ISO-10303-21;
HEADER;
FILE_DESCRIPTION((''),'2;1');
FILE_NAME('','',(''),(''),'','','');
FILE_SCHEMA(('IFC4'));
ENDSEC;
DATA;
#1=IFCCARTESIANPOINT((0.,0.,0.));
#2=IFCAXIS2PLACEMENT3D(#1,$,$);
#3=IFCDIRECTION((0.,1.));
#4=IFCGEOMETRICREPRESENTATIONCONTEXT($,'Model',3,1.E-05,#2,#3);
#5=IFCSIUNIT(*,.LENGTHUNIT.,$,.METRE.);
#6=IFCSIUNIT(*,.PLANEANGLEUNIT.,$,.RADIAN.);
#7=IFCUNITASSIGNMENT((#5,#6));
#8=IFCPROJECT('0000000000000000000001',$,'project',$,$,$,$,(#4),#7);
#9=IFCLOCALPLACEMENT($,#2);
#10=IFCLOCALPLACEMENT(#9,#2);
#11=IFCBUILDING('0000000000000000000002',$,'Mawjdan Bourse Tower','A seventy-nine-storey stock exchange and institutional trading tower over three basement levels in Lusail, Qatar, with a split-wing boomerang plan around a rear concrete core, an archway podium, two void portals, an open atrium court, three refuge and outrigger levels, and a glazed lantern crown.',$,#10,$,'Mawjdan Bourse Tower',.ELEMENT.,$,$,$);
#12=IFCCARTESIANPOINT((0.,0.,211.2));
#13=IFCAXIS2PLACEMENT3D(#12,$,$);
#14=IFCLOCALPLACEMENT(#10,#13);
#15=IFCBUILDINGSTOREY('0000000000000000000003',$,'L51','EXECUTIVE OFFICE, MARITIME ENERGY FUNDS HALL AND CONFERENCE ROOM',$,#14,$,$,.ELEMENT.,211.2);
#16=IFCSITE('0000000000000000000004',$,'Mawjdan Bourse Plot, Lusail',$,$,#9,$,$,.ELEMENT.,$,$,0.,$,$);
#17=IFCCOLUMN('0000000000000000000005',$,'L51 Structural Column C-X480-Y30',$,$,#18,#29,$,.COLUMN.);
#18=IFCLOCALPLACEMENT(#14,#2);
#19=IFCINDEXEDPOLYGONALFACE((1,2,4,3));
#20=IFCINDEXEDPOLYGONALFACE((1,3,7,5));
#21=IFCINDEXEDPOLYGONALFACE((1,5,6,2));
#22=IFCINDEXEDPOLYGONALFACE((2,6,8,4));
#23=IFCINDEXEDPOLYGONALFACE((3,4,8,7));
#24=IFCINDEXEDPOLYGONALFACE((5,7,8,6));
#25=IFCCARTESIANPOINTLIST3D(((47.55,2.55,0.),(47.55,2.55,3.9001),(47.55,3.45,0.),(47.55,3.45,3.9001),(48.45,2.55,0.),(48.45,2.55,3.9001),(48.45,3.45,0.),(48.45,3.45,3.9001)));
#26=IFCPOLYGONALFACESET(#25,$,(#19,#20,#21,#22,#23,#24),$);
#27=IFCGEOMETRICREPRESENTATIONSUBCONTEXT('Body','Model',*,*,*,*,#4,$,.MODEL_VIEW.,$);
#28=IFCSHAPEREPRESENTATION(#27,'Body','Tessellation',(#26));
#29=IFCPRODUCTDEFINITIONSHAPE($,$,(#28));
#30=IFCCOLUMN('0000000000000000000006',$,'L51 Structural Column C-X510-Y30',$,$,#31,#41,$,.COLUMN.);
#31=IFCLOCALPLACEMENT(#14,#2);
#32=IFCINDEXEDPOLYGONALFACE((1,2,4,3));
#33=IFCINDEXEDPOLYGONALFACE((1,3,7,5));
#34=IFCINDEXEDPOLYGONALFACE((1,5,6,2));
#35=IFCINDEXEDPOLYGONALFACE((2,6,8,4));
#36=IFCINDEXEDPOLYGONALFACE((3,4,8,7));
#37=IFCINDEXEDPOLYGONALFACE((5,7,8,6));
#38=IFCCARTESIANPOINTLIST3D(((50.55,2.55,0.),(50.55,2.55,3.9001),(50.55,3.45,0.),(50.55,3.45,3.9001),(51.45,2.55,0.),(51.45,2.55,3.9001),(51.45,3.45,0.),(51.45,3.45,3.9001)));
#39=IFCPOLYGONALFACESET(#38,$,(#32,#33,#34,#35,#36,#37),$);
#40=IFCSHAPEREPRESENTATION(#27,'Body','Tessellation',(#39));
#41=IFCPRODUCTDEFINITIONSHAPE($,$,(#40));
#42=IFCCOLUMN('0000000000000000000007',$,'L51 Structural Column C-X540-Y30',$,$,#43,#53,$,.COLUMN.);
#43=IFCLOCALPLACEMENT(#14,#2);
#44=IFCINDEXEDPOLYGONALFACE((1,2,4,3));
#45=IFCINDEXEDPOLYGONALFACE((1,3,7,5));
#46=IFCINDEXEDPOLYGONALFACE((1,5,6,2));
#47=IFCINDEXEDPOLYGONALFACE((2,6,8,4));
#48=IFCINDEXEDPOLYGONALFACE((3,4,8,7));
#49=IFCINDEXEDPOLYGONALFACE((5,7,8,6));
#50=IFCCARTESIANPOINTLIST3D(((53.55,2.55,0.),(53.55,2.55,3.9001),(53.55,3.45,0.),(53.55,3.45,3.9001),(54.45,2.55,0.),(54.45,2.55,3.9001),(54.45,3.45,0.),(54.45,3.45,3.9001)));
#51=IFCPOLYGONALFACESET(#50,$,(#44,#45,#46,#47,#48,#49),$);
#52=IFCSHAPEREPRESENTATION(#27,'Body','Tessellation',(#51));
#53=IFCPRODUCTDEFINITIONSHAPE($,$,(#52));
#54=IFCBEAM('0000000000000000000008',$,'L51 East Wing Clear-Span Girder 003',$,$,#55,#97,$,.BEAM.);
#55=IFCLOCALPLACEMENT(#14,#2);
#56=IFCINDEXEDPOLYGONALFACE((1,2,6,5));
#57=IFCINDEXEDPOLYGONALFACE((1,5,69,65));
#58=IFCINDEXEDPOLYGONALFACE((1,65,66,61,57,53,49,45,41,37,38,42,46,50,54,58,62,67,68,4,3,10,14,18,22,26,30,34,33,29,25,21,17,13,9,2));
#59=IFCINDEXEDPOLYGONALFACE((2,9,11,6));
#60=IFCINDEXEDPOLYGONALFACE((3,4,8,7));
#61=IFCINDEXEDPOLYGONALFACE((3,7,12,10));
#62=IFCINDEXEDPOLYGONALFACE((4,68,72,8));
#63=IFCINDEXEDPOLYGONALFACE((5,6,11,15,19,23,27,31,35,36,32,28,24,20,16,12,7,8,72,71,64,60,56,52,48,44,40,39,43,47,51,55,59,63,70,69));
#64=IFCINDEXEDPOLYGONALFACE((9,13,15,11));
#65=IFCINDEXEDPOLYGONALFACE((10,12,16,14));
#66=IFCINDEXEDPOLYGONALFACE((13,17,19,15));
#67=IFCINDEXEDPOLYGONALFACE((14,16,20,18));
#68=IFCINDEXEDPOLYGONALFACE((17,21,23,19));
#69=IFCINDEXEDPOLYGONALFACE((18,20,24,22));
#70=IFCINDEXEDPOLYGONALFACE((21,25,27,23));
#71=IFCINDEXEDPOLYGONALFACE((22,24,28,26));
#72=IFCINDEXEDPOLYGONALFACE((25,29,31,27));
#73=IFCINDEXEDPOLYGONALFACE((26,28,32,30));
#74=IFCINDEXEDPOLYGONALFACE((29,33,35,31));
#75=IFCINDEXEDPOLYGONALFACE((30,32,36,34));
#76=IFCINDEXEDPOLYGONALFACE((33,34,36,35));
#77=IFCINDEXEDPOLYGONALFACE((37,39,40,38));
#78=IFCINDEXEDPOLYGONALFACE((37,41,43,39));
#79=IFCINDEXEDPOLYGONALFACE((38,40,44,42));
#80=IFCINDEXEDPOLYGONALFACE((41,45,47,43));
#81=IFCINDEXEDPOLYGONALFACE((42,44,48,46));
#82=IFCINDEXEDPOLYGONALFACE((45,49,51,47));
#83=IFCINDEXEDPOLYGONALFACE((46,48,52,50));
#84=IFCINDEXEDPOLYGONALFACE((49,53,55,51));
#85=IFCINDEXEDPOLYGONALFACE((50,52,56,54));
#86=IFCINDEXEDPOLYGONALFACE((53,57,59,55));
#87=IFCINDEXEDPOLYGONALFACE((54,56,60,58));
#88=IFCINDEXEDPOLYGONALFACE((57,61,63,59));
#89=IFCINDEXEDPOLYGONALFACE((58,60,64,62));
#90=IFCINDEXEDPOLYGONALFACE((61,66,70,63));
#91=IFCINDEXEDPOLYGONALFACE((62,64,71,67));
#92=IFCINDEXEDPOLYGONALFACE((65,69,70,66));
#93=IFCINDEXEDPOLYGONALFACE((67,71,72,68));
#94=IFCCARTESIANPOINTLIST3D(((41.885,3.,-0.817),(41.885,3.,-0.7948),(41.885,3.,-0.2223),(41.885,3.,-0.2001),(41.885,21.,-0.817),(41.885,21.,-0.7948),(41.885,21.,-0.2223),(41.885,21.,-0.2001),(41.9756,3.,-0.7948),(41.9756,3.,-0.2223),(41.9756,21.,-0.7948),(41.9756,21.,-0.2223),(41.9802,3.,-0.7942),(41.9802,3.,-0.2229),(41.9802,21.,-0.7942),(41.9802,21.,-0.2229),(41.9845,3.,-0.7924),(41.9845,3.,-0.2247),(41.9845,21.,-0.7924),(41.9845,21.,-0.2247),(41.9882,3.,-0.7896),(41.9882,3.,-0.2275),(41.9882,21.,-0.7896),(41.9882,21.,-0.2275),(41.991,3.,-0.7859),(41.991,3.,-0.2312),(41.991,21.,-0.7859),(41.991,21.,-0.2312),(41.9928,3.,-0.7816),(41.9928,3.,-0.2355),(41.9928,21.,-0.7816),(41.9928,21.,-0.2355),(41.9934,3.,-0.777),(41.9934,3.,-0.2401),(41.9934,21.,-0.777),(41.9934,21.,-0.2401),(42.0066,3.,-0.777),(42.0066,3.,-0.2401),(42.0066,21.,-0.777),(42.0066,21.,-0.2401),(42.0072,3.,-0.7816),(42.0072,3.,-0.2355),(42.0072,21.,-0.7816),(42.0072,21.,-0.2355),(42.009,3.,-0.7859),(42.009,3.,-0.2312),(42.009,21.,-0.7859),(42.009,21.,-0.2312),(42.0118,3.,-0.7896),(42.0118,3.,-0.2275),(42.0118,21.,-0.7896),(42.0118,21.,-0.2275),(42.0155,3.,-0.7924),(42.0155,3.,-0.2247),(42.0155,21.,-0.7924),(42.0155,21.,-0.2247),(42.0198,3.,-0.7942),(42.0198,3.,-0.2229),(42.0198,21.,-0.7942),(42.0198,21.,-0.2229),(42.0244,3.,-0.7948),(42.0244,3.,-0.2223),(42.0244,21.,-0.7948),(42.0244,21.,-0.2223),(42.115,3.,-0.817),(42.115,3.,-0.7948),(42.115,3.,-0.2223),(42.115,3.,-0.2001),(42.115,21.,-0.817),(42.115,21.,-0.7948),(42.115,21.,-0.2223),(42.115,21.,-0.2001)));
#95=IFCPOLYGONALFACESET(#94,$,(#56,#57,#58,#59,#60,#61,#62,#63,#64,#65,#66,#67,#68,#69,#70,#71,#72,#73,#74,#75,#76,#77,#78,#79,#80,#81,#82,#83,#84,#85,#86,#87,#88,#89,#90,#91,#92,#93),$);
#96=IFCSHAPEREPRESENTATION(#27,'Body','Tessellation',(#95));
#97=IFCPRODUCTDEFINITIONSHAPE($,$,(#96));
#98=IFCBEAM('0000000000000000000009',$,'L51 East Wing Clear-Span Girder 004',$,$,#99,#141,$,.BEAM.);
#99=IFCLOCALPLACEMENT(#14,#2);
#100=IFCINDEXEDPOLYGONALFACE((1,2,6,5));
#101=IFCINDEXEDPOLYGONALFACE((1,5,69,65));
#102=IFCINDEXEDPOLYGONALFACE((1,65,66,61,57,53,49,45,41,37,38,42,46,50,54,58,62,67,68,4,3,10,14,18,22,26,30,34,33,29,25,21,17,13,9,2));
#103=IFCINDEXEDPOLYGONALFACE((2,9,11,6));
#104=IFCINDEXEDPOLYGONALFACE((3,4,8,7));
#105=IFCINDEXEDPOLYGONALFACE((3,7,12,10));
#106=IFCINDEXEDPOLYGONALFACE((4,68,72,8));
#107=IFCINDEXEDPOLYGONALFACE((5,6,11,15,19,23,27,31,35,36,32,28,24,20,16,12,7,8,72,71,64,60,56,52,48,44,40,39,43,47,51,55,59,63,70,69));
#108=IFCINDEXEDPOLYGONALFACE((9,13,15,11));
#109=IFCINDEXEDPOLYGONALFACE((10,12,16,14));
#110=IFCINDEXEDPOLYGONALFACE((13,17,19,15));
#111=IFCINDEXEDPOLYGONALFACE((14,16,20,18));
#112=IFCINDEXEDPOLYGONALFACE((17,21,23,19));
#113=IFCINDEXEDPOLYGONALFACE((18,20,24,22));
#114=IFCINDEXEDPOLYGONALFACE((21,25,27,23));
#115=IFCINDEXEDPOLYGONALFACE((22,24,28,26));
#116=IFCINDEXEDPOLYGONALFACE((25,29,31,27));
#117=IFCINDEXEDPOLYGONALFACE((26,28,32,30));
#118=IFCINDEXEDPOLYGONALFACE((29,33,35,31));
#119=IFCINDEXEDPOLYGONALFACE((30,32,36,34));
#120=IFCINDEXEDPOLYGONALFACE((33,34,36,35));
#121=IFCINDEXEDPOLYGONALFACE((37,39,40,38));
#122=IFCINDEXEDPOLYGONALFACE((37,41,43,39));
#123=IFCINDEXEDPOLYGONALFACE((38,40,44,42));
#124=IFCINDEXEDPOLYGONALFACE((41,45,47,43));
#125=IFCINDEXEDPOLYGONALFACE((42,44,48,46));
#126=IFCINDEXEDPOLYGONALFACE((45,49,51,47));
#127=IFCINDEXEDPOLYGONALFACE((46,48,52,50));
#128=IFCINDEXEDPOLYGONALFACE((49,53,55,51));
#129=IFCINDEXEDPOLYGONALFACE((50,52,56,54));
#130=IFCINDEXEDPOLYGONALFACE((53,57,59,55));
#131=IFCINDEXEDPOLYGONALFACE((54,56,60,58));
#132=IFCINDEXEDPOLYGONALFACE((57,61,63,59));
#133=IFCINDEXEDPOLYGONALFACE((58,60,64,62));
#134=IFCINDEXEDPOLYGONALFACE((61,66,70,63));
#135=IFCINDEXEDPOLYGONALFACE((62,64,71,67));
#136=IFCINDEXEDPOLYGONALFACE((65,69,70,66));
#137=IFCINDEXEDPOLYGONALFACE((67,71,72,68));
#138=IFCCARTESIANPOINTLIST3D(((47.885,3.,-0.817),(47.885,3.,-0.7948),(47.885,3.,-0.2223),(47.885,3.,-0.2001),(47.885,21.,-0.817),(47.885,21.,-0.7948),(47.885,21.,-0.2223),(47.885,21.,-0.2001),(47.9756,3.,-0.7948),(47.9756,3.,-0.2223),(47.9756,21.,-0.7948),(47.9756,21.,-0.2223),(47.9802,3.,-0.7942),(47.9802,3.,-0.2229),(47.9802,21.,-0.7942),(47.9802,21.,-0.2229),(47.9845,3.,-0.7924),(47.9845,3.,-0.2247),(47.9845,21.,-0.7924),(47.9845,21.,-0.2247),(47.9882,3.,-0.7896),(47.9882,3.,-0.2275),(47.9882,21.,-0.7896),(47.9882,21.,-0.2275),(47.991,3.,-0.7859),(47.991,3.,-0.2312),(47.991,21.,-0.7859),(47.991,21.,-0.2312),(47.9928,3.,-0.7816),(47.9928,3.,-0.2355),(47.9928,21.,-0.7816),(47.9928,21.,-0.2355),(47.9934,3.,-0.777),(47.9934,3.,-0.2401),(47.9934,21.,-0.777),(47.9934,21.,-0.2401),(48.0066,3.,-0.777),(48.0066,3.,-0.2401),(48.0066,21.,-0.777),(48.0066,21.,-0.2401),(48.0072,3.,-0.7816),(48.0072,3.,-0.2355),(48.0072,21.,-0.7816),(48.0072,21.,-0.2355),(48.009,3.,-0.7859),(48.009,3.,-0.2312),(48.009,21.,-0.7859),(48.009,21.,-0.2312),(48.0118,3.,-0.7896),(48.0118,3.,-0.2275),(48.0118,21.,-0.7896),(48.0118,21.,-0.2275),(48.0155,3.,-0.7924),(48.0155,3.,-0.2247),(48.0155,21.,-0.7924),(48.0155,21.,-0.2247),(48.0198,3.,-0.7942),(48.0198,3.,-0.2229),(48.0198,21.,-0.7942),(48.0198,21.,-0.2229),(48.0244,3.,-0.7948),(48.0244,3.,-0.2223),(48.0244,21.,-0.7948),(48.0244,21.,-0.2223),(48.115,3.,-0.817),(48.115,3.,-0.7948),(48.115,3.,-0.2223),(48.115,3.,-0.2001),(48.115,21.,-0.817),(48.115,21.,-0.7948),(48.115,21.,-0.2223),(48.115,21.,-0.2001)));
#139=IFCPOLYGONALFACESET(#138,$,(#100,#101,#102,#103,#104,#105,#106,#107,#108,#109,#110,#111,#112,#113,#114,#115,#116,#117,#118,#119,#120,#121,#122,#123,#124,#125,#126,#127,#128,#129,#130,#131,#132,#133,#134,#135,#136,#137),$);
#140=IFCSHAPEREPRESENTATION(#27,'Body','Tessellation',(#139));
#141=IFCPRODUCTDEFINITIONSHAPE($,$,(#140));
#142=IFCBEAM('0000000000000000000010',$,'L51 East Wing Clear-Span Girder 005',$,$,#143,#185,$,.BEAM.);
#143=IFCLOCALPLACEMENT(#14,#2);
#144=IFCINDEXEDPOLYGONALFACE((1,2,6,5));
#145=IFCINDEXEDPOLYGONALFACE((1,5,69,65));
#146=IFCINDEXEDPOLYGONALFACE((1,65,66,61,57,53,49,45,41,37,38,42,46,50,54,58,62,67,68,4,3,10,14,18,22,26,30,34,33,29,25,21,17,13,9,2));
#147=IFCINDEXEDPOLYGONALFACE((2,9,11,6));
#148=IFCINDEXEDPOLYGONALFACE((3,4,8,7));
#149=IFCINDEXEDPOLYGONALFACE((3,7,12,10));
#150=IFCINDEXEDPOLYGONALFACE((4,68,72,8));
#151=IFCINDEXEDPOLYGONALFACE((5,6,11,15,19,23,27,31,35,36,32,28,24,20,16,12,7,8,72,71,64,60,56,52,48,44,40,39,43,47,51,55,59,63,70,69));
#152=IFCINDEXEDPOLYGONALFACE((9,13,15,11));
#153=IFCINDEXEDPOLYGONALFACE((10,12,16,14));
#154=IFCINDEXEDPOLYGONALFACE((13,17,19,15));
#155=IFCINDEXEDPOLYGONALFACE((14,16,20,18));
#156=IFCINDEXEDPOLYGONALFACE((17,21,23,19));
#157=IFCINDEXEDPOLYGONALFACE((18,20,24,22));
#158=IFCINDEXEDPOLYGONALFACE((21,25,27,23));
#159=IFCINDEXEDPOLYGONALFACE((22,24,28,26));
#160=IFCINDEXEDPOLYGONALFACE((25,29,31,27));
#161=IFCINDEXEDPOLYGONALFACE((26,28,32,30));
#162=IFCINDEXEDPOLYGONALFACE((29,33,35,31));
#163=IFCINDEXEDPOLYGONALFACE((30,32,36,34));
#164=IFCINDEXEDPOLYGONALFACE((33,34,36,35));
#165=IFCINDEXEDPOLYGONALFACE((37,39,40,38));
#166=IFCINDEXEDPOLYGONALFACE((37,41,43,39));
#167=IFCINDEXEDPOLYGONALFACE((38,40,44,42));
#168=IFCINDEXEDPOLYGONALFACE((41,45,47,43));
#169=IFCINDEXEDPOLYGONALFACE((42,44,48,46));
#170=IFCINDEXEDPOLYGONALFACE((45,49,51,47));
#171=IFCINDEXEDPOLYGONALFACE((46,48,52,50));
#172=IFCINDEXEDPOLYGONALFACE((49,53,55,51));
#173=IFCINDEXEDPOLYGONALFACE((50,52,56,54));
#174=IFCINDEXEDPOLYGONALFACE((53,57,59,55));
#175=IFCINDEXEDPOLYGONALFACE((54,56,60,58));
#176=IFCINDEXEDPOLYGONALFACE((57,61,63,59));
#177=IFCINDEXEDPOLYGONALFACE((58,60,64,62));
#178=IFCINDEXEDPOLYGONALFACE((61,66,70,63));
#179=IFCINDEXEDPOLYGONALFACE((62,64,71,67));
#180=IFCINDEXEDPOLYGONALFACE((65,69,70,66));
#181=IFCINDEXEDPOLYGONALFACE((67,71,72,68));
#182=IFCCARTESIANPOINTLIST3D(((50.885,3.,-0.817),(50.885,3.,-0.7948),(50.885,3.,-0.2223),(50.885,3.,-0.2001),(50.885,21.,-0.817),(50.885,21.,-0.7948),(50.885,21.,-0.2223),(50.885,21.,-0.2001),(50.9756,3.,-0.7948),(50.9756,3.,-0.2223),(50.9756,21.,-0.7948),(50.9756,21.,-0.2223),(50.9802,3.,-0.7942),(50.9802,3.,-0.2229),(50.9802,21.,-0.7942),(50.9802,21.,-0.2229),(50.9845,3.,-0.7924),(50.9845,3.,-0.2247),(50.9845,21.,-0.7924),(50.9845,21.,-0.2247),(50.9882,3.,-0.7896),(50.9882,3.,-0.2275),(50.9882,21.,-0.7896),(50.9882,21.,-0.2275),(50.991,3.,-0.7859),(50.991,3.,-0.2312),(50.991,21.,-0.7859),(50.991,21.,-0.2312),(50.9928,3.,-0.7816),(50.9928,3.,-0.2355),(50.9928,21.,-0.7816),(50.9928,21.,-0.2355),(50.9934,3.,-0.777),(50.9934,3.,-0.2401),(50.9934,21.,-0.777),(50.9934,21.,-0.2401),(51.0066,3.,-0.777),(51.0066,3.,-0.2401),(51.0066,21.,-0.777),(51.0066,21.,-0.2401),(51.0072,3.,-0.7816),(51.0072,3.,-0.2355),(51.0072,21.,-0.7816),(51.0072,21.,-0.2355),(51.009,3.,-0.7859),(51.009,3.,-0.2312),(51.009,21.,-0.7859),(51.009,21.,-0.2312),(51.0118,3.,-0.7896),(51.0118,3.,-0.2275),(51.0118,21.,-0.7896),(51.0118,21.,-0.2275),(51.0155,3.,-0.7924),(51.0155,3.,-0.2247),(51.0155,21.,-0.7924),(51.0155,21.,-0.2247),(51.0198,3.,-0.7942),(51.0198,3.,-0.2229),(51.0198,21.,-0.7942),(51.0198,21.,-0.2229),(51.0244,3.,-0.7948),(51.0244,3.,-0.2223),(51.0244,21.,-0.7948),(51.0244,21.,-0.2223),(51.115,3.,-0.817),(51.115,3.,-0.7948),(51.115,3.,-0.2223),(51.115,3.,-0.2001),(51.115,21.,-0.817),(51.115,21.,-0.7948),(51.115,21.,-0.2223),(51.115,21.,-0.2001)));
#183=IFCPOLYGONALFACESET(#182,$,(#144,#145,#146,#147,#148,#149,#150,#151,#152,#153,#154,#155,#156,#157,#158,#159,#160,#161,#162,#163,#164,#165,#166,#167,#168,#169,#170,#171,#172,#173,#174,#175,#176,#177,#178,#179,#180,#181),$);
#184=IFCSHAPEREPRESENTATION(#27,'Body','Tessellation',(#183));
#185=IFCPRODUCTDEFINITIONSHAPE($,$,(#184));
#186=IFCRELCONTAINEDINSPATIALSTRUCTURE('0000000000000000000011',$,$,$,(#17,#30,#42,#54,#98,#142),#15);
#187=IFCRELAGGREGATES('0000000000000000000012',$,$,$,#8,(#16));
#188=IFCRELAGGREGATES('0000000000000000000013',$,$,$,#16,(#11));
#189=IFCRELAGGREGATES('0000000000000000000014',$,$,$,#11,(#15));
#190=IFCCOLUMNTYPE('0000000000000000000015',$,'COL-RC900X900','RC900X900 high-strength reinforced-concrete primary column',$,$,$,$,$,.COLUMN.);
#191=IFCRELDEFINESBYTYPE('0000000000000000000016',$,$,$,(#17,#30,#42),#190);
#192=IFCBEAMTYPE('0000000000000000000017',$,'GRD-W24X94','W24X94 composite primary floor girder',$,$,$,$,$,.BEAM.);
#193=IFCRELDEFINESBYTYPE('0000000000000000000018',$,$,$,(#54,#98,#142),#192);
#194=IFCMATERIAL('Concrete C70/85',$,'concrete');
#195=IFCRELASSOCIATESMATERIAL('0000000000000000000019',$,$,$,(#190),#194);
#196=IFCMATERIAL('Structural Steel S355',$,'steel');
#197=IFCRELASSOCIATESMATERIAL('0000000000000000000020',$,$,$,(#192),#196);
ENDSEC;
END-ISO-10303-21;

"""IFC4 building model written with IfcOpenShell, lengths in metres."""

from ifc_helpers import new_model, si_unit, direction, frame, origin, origin_2d, place, context, subcontext, project, spatial, rectangle, i_section, extrude, material, material_profile, profile_set, type_object, element, save


model = new_model("IFC4")

# Units and contexts
model_context = context("Model", 3, precision=1e-05, world=origin(), true_north=direction((0.0, 1.0)))
body_context = subcontext(model_context, "Body", "Model", "MODEL_VIEW")
ifc_project = project(units=[si_unit("LENGTHUNIT", "METRE"), si_unit("PLANEANGLEUNIT", "RADIAN")], contexts=[model_context])

# Site, building, storey
site_placement = place(None, origin())
site = spatial("IfcSite", under=ifc_project, at=site_placement, Name="Mawjdan Bourse Plot, Lusail", CompositionType="ELEMENT", RefElevation=0.0)
building_placement = place(site_placement, origin())
building = spatial("IfcBuilding", under=site, at=building_placement, Name="Mawjdan Bourse Tower", Description="A seventy-nine-storey stock exchange and institutional trading tower over three basement levels in Lusail, Qatar, with a split-wing boomerang plan around a rear concrete core, an archway podium, two void portals, an open atrium court, three refuge and outrigger levels, and a glazed lantern crown.", LongName="Mawjdan Bourse Tower", CompositionType="ELEMENT")
storey_placement = place(building_placement, frame((0.0, 0.0, 211.2)))
storey = spatial("IfcBuildingStorey", under=building, at=storey_placement, Name="L51", Description="EXECUTIVE OFFICE, MARITIME ENERGY FUNDS HALL AND CONFERENCE ROOM", CompositionType="ELEMENT", Elevation=211.2)

# Columns
ifc_material_1 = material(Name="Concrete C70/85", Category="concrete")
ifc_material_profile_1 = material_profile(ifc_material_1, rectangle(XDim=0.8999, YDim=0.8999, at=origin_2d()), Name="RC900X900")
ifc_profile_set_1 = profile_set([ifc_material_profile_1], Name="Concrete C70/85")
column_type = type_object("IfcColumnType", Name="COL-RC900X900", Description="RC900X900 high-strength reinforced-concrete primary column", PredefinedType="COLUMN", material=ifc_profile_set_1)
for number, where, z_axis, x_axis, name in (
    (1, (48.0, 3.0, 0.0), (0.0, 0.0, 1.0), (1.0, 0.0, 0.0), "L51 Structural Column C-X480-Y30"),
    (2, (51.0, 3.0, 0.0), (0.0, 0.0, 1.0), (1.0, 0.0, 0.0), "L51 Structural Column C-X510-Y30"),
    (3, (54.0, 3.0, 0.0), (0.0, 0.0, 1.0), (1.0, 0.0, 0.0), "L51 Structural Column C-X540-Y30"),
):
    element("IfcColumn", number, at=place(storey_placement, frame(where, z_axis=z_axis, x_axis=x_axis)), inside=storey, type_object=column_type, Name=name, PredefinedType="COLUMN", context=body_context, shape_type="SweptSolid", body=[
        extrude(rectangle(XDim=0.8999, YDim=0.8999, at=origin_2d()), origin(), (0.0, 0.0, 1.0), 3.9001),
    ])

# Beams
ifc_material_2 = material(Name="Structural Steel S355", Category="steel")
ifc_material_profile_2 = material_profile(ifc_material_2, i_section(OverallWidth=0.23, OverallDepth=0.6169, WebThickness=0.0132, FlangeThickness=0.0222, FilletRadius=0.0178, at=origin_2d()), Name="W24X94")
ifc_profile_set_2 = profile_set([ifc_material_profile_2], Name="Structural Steel S355")
beam_type_1 = type_object("IfcBeamType", Name="GRD-W24X94", Description="W24X94 composite primary floor girder", PredefinedType="BEAM", material=ifc_profile_set_2)
for number, where, z_axis, x_axis, name in (
    (4, (42.0, 3.0, -0.5085), (0.0, 1.0, 0.0), (-1.0, 0.0, 0.0), "L51 East Wing Clear-Span Girder 003"),
    (5, (48.0, 3.0, -0.5085), (0.0, 1.0, 0.0), (-1.0, 0.0, 0.0), "L51 East Wing Clear-Span Girder 004"),
    (6, (51.0, 3.0, -0.5085), (0.0, 1.0, 0.0), (-1.0, 0.0, 0.0), "L51 East Wing Clear-Span Girder 005"),
):
    element("IfcBeam", number, at=place(storey_placement, frame(where, z_axis=z_axis, x_axis=x_axis)), inside=storey, type_object=beam_type_1, Name=name, PredefinedType="BEAM", context=body_context, shape_type="SweptSolid", body=[
        extrude(i_section(OverallWidth=0.23, OverallDepth=0.6169, WebThickness=0.0132, FlangeThickness=0.0222, FilletRadius=0.0178, at=origin_2d()), origin(), (0.0, 0.0, 1.0), 18.0),
    ])

save(model, "model.ifc")
